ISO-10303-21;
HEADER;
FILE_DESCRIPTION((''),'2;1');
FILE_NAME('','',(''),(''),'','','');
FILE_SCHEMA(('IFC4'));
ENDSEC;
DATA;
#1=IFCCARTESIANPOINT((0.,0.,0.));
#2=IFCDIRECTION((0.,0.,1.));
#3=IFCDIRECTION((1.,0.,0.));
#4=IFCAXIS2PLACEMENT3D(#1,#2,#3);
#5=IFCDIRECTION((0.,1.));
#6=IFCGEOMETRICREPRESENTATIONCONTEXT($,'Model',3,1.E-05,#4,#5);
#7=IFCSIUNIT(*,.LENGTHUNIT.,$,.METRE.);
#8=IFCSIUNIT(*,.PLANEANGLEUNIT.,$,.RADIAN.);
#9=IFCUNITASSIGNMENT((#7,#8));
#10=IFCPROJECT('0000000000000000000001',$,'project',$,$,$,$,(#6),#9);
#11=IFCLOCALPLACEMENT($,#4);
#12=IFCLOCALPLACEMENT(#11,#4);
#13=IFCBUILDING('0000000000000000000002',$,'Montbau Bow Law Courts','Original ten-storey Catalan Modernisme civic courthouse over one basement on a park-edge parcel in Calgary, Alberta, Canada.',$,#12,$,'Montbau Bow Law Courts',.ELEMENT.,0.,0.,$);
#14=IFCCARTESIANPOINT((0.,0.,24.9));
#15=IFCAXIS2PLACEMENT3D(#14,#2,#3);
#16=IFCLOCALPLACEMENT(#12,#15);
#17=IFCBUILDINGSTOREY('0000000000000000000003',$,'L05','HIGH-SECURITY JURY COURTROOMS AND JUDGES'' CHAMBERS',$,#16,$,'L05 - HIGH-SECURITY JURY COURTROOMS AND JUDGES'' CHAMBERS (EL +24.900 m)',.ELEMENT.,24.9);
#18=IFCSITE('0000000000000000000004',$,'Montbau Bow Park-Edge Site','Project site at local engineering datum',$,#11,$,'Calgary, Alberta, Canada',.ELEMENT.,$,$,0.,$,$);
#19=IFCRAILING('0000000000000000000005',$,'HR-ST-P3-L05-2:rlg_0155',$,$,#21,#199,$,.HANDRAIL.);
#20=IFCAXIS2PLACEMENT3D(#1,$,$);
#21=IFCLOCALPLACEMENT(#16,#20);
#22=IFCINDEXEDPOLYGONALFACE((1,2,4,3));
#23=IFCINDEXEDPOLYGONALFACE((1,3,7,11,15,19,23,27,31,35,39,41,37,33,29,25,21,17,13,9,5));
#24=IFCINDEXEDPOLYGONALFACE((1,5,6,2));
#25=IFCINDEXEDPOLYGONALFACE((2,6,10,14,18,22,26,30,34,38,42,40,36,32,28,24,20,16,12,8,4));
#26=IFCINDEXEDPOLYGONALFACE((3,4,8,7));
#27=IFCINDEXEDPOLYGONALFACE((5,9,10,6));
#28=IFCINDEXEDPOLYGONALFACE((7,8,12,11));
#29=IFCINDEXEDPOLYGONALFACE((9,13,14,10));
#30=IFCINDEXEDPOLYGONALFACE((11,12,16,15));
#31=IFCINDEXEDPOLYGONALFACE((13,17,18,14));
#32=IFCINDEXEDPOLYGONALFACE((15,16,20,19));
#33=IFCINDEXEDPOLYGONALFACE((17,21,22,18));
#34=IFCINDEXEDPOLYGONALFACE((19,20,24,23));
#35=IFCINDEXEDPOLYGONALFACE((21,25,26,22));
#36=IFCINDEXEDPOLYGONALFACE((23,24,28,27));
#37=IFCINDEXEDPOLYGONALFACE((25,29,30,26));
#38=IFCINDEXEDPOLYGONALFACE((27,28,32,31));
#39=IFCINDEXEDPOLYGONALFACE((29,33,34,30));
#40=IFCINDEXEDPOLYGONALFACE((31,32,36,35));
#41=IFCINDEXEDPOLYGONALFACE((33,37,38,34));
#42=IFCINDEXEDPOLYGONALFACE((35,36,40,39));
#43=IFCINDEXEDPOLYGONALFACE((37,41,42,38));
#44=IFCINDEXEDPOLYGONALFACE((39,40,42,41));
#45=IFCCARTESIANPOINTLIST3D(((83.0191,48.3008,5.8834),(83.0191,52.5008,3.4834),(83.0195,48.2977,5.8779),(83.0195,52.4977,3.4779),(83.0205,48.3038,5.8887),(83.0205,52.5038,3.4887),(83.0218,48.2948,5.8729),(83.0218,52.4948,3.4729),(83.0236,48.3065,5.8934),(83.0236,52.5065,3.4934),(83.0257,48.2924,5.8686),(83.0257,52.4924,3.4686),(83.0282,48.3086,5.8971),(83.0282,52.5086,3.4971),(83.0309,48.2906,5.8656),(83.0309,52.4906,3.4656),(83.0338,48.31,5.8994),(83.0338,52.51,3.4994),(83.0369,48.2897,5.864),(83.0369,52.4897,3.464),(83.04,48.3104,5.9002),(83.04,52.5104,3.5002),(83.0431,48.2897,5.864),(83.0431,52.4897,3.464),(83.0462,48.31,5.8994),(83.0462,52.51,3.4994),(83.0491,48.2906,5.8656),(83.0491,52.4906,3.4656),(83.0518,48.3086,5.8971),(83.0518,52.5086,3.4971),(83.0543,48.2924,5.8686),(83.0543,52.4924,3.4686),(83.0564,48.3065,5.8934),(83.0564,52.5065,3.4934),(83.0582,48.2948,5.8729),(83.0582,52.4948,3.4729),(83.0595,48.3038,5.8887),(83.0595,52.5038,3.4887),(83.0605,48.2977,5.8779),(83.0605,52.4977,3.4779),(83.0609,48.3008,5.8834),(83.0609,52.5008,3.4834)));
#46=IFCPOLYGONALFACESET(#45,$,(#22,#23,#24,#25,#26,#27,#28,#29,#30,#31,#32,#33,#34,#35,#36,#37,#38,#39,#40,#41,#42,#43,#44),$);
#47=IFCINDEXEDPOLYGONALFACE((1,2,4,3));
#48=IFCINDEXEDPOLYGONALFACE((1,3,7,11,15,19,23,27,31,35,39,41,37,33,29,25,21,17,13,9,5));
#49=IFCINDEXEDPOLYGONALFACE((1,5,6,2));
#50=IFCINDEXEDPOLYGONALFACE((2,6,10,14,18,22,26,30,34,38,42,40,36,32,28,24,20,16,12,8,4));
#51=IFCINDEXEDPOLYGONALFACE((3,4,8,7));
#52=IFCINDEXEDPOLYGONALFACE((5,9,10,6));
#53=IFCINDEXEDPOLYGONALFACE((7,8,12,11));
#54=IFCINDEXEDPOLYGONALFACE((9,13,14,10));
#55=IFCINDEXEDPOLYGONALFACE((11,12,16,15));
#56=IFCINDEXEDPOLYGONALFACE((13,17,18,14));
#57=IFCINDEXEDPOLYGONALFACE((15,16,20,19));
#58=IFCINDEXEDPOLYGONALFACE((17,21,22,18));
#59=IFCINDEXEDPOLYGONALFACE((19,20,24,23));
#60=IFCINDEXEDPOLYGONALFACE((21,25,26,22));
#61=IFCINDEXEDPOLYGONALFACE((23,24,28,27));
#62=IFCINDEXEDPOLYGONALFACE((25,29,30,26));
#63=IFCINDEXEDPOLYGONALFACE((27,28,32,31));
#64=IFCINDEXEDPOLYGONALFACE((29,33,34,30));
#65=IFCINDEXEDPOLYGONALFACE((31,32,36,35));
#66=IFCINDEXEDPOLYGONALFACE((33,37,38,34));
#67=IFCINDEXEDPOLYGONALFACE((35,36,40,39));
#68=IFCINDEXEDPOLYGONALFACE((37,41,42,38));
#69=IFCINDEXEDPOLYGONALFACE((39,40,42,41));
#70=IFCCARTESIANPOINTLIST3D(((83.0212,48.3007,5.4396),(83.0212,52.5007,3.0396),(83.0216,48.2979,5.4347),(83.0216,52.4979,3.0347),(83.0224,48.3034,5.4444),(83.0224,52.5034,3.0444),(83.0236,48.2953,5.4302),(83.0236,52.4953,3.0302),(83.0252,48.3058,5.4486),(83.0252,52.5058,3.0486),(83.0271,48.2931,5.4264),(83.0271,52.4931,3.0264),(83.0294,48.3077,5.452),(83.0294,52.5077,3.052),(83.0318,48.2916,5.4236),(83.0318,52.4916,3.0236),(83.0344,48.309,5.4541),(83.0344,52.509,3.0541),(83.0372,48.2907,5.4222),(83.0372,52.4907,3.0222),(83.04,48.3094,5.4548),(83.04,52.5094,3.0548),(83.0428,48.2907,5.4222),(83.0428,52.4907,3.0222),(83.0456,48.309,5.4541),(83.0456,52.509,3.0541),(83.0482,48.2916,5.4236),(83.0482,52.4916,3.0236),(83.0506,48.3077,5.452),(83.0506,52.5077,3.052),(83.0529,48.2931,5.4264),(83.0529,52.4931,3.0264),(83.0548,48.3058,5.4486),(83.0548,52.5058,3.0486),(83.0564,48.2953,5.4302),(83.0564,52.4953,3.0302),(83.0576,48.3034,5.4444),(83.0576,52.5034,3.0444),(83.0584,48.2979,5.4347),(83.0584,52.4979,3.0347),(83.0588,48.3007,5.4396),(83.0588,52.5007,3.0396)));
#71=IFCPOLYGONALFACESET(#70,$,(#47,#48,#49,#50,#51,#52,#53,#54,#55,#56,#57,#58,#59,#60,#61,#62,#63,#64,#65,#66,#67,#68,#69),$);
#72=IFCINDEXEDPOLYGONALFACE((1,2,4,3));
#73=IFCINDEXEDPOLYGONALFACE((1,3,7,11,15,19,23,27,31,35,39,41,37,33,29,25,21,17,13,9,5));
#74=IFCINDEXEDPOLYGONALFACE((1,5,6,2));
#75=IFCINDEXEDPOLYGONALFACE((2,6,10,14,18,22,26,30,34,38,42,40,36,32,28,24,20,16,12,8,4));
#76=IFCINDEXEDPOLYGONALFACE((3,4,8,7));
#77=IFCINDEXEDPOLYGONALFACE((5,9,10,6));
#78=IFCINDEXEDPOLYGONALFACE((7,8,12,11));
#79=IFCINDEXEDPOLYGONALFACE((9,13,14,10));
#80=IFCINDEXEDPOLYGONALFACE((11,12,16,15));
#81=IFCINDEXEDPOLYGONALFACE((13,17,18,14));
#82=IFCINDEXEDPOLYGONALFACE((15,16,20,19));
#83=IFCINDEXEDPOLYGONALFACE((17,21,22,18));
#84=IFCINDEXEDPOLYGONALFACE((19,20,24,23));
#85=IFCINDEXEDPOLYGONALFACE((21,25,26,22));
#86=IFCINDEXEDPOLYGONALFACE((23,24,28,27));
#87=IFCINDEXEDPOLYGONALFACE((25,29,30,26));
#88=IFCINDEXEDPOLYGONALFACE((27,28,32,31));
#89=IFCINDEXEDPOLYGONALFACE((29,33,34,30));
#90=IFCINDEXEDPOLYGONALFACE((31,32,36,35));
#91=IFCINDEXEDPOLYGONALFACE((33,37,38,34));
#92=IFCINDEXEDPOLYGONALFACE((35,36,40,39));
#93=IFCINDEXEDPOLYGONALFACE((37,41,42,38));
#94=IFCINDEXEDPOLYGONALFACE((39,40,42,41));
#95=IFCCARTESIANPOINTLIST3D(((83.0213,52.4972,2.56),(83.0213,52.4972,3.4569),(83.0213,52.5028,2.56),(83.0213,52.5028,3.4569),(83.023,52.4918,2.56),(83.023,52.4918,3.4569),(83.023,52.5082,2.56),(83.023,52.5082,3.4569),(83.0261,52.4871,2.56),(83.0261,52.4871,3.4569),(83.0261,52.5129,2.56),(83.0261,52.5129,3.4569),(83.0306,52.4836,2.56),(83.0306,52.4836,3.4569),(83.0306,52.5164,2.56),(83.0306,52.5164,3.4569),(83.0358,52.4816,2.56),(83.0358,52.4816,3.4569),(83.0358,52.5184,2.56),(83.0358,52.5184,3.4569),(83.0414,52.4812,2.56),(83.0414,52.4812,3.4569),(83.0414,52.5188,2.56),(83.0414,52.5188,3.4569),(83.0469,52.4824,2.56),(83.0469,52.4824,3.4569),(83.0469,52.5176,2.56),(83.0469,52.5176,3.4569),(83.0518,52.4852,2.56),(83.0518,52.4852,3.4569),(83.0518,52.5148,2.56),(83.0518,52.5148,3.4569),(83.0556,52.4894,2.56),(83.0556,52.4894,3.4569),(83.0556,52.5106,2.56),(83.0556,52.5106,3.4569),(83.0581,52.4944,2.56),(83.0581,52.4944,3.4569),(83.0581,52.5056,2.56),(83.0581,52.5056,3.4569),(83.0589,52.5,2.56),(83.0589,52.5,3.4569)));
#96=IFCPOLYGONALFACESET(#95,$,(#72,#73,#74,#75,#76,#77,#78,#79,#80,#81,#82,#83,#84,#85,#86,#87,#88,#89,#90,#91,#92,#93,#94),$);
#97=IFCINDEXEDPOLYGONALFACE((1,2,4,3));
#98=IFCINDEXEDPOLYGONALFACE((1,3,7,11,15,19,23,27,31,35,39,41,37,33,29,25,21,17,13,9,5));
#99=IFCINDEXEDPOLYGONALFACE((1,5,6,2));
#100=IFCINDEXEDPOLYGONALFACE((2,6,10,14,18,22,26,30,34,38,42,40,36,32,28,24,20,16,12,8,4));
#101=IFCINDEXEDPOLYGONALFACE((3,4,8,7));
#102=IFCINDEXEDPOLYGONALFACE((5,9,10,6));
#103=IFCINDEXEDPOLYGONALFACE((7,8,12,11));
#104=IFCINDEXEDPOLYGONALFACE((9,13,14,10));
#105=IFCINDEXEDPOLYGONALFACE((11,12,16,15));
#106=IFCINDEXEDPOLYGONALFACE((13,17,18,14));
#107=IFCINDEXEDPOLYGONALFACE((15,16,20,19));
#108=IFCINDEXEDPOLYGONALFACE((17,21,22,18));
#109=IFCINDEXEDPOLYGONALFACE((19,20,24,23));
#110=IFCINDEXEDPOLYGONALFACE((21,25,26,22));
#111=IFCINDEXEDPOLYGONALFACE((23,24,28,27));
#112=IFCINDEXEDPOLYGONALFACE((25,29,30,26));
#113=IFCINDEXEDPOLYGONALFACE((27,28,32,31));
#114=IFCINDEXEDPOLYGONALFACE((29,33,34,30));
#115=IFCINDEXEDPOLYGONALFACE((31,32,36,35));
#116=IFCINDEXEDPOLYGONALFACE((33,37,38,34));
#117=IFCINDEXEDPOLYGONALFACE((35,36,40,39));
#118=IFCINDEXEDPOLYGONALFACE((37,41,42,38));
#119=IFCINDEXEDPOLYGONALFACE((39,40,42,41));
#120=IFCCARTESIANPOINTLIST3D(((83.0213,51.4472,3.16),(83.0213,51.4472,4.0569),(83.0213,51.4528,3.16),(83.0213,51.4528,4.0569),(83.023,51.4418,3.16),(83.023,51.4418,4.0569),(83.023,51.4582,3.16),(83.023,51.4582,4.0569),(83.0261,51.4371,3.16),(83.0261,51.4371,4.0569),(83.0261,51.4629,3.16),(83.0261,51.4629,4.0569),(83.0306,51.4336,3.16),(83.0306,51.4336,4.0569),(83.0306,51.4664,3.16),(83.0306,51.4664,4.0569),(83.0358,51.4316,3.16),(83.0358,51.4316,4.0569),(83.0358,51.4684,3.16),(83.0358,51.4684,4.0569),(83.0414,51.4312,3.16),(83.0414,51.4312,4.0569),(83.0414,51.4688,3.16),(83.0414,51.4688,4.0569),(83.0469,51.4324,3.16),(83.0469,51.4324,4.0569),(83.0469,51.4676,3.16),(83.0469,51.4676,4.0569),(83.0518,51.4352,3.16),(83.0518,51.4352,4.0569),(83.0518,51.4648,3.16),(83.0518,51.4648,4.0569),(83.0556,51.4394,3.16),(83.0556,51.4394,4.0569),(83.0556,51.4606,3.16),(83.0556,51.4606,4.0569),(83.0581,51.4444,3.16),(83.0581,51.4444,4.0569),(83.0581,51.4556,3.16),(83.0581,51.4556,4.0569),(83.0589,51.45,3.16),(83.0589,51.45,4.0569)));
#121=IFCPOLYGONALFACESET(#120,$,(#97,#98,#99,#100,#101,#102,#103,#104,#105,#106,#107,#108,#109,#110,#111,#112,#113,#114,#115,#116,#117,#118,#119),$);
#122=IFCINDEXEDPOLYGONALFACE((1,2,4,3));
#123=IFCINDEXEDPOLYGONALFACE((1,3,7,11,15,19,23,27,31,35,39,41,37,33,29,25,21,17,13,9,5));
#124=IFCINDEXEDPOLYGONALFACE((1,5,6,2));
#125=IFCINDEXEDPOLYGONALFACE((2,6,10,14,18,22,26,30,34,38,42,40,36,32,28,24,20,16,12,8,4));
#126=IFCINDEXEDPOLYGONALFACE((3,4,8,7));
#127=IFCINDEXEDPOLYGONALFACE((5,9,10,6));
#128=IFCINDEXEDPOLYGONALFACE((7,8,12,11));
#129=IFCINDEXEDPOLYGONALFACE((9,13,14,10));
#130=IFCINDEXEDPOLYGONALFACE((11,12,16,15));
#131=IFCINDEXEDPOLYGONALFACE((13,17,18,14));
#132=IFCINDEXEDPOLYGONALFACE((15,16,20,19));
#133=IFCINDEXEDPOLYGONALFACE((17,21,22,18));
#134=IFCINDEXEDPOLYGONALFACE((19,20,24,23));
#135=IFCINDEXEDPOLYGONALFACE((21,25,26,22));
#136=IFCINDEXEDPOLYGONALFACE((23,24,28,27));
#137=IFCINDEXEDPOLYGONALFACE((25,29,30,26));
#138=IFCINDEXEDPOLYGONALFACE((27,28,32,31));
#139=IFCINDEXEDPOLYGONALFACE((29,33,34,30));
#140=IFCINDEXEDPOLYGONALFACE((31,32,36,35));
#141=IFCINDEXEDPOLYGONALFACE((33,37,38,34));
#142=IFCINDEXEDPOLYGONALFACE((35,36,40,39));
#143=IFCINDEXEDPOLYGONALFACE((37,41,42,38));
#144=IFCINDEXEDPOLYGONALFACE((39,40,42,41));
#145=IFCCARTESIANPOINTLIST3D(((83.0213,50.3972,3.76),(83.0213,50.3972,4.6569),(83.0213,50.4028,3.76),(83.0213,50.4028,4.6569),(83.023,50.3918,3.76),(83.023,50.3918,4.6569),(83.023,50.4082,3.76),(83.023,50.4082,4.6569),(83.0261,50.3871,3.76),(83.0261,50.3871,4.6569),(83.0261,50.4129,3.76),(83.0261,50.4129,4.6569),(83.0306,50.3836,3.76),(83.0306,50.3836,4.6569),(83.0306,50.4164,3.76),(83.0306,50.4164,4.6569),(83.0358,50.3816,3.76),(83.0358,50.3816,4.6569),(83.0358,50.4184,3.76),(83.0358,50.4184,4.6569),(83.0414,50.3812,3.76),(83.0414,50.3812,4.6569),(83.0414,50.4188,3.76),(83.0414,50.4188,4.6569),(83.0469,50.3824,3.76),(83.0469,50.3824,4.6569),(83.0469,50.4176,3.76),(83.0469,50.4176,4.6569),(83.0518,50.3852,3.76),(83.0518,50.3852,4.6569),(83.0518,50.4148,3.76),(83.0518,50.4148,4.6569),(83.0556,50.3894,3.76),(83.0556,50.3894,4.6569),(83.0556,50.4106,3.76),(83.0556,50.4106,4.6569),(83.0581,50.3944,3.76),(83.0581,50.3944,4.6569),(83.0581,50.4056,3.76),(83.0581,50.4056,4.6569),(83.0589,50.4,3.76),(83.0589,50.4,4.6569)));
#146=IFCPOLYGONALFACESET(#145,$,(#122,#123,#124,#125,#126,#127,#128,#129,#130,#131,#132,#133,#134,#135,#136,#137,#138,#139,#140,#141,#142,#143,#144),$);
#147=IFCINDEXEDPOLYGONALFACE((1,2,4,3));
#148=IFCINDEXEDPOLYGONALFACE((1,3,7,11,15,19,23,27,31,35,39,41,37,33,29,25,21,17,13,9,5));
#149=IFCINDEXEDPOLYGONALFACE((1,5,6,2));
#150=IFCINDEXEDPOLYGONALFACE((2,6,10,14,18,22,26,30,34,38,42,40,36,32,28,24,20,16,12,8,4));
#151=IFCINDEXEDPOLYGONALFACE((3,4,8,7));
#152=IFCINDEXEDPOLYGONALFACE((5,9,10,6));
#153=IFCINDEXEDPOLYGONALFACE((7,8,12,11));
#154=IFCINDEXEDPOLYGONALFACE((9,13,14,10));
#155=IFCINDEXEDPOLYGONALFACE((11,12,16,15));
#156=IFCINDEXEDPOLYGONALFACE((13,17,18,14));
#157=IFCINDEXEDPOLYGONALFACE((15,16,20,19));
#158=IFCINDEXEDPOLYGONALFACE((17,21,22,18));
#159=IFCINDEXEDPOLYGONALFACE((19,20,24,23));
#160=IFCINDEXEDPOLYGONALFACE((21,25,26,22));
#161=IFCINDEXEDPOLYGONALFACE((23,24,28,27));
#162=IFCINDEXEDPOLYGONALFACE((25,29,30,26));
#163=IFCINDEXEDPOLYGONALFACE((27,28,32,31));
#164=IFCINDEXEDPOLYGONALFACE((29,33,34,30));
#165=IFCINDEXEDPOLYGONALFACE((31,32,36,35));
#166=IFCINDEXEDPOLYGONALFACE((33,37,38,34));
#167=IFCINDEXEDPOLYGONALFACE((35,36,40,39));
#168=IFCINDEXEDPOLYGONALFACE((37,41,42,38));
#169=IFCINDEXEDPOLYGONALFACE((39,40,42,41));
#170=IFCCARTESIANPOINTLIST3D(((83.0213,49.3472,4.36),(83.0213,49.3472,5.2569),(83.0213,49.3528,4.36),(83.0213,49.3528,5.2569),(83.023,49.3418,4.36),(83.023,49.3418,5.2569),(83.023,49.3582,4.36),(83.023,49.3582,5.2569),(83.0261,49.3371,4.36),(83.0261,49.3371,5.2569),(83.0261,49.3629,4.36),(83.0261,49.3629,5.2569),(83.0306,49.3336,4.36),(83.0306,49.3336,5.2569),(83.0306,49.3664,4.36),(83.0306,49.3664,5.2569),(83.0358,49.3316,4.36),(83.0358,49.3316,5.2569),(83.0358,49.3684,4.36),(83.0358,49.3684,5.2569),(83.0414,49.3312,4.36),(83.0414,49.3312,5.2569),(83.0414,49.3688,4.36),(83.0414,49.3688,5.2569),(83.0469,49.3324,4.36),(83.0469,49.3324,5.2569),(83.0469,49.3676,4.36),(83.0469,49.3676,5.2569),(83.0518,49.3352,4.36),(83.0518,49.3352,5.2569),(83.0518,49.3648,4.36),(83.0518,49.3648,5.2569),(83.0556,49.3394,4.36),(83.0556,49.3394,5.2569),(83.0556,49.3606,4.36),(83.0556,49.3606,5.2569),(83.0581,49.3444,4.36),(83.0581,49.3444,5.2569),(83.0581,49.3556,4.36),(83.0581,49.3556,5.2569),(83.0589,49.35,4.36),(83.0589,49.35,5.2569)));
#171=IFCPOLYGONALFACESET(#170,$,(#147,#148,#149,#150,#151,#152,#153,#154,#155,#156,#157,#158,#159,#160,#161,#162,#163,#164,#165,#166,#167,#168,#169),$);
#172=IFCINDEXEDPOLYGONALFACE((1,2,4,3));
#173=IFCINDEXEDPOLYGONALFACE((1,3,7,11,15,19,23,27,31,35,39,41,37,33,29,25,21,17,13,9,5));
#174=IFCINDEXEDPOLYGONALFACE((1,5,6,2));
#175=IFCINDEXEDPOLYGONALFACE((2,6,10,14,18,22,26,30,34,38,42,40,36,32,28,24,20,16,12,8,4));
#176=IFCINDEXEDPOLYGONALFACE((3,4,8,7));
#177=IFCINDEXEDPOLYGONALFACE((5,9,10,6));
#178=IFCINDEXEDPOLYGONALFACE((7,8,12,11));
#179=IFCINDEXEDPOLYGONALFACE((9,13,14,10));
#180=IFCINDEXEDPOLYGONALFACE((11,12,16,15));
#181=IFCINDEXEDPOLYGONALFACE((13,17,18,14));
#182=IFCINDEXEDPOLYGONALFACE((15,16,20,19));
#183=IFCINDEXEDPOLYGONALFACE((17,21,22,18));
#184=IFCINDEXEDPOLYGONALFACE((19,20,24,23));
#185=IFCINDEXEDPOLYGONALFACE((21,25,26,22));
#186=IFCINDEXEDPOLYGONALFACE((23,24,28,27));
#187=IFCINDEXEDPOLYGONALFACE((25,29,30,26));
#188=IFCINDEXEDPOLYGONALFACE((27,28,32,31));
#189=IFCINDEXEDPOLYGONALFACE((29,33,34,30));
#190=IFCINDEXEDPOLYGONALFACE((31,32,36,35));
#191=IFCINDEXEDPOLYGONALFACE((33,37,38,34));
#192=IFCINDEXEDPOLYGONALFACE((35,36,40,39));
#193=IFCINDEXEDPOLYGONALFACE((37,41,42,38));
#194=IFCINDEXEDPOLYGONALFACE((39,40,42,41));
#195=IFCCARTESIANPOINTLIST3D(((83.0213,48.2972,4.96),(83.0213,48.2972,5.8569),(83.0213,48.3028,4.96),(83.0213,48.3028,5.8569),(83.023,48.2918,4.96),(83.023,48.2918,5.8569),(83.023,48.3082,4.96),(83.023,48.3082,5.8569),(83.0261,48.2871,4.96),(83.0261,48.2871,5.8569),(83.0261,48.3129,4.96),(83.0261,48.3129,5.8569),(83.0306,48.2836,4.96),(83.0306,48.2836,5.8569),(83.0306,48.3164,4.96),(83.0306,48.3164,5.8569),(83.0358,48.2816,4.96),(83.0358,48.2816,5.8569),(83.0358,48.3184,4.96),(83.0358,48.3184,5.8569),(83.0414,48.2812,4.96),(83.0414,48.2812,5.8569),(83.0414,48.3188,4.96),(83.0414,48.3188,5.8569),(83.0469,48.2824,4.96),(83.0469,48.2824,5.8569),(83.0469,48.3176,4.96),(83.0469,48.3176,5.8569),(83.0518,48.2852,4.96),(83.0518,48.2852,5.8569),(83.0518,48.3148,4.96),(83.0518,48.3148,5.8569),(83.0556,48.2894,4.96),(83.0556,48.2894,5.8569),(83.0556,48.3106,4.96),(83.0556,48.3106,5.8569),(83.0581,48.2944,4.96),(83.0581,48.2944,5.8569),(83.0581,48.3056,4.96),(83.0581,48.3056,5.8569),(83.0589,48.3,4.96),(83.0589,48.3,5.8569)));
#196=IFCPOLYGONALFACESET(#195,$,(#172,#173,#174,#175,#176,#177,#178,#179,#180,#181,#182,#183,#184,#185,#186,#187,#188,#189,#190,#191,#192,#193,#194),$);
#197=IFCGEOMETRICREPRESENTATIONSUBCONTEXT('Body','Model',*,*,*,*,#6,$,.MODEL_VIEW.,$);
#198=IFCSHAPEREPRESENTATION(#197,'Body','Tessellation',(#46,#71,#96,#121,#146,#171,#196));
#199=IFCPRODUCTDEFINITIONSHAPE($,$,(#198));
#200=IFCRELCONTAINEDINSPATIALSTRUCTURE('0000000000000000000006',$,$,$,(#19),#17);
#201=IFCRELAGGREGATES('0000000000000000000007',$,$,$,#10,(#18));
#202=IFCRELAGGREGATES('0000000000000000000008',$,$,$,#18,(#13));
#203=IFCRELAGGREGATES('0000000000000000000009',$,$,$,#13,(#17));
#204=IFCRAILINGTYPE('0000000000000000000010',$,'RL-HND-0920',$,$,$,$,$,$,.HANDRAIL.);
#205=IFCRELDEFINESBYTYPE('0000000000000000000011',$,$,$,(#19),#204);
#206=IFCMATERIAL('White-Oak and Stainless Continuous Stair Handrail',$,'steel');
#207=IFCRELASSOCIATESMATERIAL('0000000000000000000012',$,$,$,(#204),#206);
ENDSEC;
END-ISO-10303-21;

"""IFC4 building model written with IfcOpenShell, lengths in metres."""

from ifc_helpers import new_model, si_unit, direction, frame, origin_with_axes, origin_2d_with_axis, place, context, subcontext, project, spatial, circle, extrude, material, type_object, element, save


model = new_model("IFC4")

# Units and contexts
model_context = context("Model", 3, precision=1e-05, world=origin_with_axes(), true_north=direction((0.0, 1.0)))
body_context = subcontext(model_context, "Body", "Model", "MODEL_VIEW")
ifc_project = project(units=[si_unit("LENGTHUNIT", "METRE"), si_unit("PLANEANGLEUNIT", "RADIAN")], contexts=[model_context])

# Site, building, storey
site_placement = place(None, origin_with_axes())
site = spatial("IfcSite", under=ifc_project, at=site_placement, Name="Montbau Bow Park-Edge Site", Description="Project site at local engineering datum", LongName="Calgary, Alberta, Canada", CompositionType="ELEMENT", RefElevation=0.0)
building_placement = place(site_placement, origin_with_axes())
building = spatial("IfcBuilding", under=site, at=building_placement, Name="Montbau Bow Law Courts", Description="Original ten-storey Catalan Modernisme civic courthouse over one basement on a park-edge parcel in Calgary, Alberta, Canada.", LongName="Montbau Bow Law Courts", CompositionType="ELEMENT", ElevationOfRefHeight=0.0, ElevationOfTerrain=0.0)
storey_placement = place(building_placement, frame((0.0, 0.0, 24.9), z_axis=(0.0, 0.0, 1.0), x_axis=(1.0, 0.0, 0.0)))
storey = spatial("IfcBuildingStorey", under=building, at=storey_placement, Name="L05", Description="HIGH-SECURITY JURY COURTROOMS AND JUDGES' CHAMBERS", LongName="L05 - HIGH-SECURITY JURY COURTROOMS AND JUDGES' CHAMBERS (EL +24.900 m)", CompositionType="ELEMENT", Elevation=24.9)

# Railing
ifc_material_1 = material(Name="White-Oak and Stainless Continuous Stair Handrail", Category="steel")
railing_type_1 = type_object("IfcRailingType", Name="RL-HND-0920", PredefinedType="HANDRAIL", material=ifc_material_1)
railing_1_placement = place(None, origin_with_axes())
element("IfcRailing", 1, at=railing_1_placement, inside=storey, type_object=railing_type_1, Name="HR-ST-P3-L05-2:rlg_0155", PredefinedType="HANDRAIL", context=body_context, shape_type="SweptSolid", body=[
    extrude(circle(Radius=0.021, at=origin_2d_with_axis()), frame((83.04, 52.5, 28.382), z_axis=(0.0, -0.868243, 0.496139), x_axis=(0.0, 0.496139, 0.868243)), (0.0, 0.0, 1.0), 4.8374),
    extrude(circle(Radius=0.0189, at=origin_2d_with_axis()), frame((83.04, 52.5, 27.9384), z_axis=(0.0, -0.868243, 0.496139), x_axis=(0.0, 0.496139, 0.868243)), (0.0, 0.0, 1.0), 4.8374),
    extrude(circle(Radius=0.0189, at=origin_2d_with_axis()), frame((83.04, 52.5, 27.46), z_axis=(0.0, 0.0, 1.0), x_axis=(1.0, 0.0, 0.0)), (0.0, 0.0, 1.0), 0.8969),
    extrude(circle(Radius=0.0189, at=origin_2d_with_axis()), frame((83.04, 51.45, 28.06), z_axis=(0.0, 0.0, 1.0), x_axis=(1.0, 0.0, 0.0)), (0.0, 0.0, 1.0), 0.8969),
    extrude(circle(Radius=0.0189, at=origin_2d_with_axis()), frame((83.04, 50.4, 28.66), z_axis=(0.0, 0.0, 1.0), x_axis=(1.0, 0.0, 0.0)), (0.0, 0.0, 1.0), 0.8969),
    extrude(circle(Radius=0.0189, at=origin_2d_with_axis()), frame((83.04, 49.35, 29.26), z_axis=(0.0, 0.0, 1.0), x_axis=(1.0, 0.0, 0.0)), (0.0, 0.0, 1.0), 0.8969),
    extrude(circle(Radius=0.0189, at=origin_2d_with_axis()), frame((83.04, 48.3, 29.86), z_axis=(0.0, 0.0, 1.0), x_axis=(1.0, 0.0, 0.0)), (0.0, 0.0, 1.0), 0.8969),
])

save(model, "model.ifc")
